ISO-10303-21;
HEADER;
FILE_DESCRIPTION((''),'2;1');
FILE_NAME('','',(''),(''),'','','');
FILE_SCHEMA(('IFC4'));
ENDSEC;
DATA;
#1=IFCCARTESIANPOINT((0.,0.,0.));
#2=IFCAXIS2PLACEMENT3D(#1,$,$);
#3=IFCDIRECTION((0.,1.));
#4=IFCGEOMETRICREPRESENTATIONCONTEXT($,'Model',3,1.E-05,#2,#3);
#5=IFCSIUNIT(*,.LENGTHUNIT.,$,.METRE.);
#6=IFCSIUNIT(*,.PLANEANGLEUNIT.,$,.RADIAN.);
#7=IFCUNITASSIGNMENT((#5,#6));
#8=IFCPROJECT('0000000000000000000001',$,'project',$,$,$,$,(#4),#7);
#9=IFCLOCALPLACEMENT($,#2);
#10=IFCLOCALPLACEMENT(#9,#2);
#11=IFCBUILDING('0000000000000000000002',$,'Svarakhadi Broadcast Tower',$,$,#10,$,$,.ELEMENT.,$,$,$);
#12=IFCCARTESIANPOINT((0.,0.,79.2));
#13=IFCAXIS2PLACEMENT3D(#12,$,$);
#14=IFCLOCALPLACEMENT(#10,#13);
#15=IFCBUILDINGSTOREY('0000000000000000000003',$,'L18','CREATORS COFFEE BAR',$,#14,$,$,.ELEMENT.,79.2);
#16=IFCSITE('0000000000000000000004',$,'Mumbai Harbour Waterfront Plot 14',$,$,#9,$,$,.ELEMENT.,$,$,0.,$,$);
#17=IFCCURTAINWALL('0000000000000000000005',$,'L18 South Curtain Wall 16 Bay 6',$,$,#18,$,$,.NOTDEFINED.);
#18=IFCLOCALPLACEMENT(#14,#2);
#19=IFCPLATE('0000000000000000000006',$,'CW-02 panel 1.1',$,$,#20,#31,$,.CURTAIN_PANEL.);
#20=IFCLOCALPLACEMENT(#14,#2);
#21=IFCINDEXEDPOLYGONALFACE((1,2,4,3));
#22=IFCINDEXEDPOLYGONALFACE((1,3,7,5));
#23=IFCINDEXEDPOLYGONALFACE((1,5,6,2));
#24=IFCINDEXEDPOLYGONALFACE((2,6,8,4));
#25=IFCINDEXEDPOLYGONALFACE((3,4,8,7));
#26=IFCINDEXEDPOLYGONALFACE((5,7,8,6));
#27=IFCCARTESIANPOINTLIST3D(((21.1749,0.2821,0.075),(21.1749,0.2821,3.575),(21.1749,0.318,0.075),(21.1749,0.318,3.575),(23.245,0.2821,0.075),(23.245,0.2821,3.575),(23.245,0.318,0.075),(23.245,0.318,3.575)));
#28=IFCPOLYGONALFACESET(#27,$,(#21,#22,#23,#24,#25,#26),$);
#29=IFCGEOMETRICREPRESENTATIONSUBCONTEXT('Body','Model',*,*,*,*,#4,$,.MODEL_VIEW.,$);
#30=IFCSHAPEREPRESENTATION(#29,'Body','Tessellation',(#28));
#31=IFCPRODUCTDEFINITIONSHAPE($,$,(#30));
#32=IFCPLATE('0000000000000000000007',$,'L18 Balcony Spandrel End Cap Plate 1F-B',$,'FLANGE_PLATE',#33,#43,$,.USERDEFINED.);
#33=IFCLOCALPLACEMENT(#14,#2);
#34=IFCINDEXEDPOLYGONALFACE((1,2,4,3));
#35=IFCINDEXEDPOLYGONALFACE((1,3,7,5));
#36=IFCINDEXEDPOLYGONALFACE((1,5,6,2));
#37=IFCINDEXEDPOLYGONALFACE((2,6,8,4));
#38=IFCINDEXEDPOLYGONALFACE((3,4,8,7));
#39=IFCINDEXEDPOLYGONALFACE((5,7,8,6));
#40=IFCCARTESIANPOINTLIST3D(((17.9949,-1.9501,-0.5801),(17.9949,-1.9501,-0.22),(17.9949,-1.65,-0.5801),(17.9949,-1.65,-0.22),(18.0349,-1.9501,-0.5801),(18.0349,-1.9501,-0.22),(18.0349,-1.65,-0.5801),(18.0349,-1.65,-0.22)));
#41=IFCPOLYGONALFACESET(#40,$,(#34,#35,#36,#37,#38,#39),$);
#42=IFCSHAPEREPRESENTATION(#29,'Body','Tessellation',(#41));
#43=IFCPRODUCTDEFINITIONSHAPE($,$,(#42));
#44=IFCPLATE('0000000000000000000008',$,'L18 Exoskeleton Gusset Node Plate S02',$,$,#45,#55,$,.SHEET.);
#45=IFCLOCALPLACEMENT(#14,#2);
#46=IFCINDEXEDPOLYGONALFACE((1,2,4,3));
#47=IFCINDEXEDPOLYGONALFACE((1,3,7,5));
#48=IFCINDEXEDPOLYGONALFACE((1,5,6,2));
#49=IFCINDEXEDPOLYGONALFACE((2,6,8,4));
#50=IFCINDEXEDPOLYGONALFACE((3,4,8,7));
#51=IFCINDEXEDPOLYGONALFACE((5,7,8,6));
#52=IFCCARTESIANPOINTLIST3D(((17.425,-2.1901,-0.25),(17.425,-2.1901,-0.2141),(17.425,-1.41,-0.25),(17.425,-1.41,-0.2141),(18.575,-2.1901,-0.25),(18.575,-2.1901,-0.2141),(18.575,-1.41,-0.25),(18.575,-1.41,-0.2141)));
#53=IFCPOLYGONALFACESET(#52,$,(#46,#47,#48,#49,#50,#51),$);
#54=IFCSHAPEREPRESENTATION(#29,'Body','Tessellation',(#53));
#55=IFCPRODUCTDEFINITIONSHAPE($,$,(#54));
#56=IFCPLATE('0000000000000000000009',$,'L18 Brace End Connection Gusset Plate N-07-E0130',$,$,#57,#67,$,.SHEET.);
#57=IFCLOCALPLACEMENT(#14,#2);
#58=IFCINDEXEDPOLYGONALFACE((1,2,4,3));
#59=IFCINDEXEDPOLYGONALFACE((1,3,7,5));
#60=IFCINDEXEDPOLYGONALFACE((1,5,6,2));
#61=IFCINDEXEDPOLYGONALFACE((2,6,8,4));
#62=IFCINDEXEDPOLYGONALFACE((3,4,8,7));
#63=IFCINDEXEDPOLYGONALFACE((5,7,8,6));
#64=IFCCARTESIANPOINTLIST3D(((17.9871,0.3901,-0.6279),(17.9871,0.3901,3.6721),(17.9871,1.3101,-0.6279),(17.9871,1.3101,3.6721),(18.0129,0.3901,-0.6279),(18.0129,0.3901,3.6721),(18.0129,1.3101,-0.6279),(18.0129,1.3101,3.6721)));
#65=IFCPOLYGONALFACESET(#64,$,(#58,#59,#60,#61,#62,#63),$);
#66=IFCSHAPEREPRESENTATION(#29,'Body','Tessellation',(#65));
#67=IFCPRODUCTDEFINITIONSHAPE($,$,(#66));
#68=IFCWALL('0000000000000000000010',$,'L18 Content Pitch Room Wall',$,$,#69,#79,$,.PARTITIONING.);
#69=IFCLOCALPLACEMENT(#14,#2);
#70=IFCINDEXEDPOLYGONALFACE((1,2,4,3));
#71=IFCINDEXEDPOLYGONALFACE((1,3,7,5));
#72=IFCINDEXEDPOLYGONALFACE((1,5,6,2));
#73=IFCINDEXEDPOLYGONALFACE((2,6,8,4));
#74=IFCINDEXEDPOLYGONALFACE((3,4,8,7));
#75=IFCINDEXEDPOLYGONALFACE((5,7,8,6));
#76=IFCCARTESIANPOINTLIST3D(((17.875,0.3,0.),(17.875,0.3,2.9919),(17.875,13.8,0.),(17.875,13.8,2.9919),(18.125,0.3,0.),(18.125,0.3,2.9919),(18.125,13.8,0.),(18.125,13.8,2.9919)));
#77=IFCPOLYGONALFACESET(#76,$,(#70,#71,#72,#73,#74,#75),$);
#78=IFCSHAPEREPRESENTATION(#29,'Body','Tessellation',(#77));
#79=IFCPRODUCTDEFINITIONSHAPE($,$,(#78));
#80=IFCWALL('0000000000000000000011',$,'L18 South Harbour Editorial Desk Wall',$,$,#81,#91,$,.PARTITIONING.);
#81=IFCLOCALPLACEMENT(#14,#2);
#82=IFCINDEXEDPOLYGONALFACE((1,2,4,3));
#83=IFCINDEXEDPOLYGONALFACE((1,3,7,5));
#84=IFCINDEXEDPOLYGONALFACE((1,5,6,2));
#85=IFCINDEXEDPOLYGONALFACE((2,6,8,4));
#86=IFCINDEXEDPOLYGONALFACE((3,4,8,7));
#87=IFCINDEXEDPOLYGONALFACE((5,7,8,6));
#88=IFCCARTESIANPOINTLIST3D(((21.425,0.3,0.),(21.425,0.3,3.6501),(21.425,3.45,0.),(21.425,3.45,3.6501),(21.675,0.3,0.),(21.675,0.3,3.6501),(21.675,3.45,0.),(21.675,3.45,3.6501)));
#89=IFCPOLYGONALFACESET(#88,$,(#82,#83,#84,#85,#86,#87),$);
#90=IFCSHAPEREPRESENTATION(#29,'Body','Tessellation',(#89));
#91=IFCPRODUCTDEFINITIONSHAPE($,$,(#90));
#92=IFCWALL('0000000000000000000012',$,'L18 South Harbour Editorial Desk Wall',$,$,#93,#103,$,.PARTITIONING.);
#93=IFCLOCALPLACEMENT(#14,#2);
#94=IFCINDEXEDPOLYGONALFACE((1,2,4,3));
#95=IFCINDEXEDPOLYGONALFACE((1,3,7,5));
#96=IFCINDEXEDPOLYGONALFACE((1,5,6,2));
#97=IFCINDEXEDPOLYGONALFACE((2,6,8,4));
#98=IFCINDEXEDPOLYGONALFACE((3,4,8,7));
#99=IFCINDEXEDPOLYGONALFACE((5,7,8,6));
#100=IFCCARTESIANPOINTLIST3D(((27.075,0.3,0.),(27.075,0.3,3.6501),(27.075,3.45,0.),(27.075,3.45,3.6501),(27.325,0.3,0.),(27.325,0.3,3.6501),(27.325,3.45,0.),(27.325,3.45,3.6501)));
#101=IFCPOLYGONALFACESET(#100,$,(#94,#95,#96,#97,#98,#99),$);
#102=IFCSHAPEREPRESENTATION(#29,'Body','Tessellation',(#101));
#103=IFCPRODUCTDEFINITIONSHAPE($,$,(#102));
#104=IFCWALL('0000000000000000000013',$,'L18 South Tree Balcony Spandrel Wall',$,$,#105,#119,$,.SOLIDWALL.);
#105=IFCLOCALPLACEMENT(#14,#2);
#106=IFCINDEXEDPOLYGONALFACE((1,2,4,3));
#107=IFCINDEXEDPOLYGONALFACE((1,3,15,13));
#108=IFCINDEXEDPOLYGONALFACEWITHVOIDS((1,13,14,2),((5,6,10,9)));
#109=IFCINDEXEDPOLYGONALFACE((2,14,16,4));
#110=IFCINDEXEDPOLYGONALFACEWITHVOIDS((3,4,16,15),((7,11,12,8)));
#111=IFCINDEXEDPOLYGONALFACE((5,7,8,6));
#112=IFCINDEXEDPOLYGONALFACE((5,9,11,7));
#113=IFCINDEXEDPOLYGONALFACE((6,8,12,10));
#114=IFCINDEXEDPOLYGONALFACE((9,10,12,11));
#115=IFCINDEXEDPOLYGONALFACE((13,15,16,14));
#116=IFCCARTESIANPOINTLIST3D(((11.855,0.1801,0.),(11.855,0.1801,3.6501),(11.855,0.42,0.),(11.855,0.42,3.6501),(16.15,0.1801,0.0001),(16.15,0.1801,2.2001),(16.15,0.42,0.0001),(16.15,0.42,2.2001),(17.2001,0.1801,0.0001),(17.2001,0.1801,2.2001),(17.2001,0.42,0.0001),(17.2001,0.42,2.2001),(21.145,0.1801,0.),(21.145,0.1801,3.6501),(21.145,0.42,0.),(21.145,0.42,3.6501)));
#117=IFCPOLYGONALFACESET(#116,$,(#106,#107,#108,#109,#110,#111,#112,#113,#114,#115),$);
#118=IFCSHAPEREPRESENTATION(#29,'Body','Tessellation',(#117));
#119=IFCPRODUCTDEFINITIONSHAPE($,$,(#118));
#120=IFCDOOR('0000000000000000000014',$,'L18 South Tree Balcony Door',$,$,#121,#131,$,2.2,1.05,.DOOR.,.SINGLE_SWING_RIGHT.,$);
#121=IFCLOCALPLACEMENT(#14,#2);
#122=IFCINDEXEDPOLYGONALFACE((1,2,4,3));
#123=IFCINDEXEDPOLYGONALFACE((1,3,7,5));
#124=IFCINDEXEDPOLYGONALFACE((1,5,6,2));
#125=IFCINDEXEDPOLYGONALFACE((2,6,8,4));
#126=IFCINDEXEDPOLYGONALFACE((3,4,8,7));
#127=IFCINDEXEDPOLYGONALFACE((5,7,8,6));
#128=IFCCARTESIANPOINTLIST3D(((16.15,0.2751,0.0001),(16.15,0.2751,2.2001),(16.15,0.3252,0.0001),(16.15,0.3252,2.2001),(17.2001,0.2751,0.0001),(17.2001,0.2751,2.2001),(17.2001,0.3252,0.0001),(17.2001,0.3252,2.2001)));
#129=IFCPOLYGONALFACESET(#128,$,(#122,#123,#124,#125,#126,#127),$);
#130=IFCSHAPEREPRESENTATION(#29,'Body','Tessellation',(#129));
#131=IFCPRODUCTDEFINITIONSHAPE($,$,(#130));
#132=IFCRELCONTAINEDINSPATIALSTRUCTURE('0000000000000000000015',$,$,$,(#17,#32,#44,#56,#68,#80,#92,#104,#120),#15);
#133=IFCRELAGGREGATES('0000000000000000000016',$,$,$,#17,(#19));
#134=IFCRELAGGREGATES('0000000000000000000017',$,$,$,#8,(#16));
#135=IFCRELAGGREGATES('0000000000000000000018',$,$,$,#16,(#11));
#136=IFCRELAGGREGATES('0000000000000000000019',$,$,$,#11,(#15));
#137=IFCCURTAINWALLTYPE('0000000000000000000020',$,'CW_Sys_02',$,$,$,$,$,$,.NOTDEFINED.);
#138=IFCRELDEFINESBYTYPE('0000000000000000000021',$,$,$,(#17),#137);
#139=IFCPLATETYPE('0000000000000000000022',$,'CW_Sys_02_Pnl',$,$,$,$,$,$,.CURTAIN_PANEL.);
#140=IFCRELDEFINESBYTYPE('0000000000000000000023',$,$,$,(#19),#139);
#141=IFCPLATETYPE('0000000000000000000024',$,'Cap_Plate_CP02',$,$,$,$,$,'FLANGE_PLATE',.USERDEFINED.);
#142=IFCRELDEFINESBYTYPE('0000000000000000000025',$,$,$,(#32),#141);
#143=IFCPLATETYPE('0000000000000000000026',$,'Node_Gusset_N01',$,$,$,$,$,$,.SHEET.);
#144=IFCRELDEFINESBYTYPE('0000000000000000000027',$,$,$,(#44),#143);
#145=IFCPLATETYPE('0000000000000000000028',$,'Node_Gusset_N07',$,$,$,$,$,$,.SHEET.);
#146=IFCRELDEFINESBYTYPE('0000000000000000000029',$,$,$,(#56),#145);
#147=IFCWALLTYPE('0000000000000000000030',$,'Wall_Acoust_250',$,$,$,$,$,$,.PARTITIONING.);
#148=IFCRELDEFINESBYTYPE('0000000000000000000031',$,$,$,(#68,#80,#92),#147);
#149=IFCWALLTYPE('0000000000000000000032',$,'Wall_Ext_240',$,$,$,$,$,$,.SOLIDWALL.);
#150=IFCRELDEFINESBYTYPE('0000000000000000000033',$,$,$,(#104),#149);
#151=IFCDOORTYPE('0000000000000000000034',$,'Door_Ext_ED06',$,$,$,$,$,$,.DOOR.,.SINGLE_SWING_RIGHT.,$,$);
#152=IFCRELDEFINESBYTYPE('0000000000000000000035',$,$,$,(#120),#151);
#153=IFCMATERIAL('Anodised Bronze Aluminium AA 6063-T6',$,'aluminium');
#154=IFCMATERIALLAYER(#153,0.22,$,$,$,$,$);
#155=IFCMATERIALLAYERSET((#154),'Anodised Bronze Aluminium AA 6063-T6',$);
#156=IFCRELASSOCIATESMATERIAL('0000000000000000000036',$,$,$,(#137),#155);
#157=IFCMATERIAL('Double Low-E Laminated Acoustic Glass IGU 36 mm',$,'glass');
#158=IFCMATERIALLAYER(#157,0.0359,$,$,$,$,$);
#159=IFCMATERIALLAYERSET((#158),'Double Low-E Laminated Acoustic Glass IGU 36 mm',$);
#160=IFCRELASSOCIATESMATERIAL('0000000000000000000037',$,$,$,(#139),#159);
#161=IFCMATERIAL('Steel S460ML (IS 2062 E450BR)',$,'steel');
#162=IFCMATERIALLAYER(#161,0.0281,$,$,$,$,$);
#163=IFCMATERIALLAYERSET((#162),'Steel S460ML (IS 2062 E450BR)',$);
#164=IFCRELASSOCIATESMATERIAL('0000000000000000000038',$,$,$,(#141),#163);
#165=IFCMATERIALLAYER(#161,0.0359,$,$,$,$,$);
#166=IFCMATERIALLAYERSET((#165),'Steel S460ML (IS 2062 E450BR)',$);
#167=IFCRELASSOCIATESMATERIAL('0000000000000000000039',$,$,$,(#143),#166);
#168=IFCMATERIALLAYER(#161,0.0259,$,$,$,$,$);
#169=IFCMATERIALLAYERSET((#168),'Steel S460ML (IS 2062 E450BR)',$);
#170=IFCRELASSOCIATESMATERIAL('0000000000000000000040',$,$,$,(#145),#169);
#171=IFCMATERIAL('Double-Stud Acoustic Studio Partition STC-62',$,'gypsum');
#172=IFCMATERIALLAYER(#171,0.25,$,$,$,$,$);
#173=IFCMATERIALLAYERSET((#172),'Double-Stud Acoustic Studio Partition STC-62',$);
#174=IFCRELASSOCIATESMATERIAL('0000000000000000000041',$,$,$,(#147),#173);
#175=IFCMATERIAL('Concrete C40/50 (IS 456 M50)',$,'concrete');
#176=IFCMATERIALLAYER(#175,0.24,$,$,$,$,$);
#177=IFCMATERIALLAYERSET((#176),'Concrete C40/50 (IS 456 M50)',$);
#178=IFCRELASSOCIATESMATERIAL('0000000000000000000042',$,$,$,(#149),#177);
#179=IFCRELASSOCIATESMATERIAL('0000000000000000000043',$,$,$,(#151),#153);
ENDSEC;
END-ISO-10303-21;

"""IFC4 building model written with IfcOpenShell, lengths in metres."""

from ifc_helpers import new_model, si_unit, direction, frame, frame_2d, origin, origin_2d, place, context, subcontext, project, spatial, rectangle, extrude, material, layer, layer_set, type_object, element, fill, aggregate, save


model = new_model("IFC4")

# Units and contexts
model_context = context("Model", 3, precision=1e-05, world=origin(), true_north=direction((0.0, 1.0)))
body_context = subcontext(model_context, "Body", "Model", "MODEL_VIEW")
ifc_project = project(units=[si_unit("LENGTHUNIT", "METRE"), si_unit("PLANEANGLEUNIT", "RADIAN")], contexts=[model_context])

# Site, building, storey
site_placement = place(None, origin())
site = spatial("IfcSite", under=ifc_project, at=site_placement, Name="Mumbai Harbour Waterfront Plot 14", CompositionType="ELEMENT", RefElevation=0.0)
building_placement = place(site_placement, origin())
building = spatial("IfcBuilding", under=site, at=building_placement, Name="Svarakhadi Broadcast Tower", CompositionType="ELEMENT")
storey_placement = place(building_placement, frame((0.0, 0.0, 79.2)))
storey = spatial("IfcBuildingStorey", under=building, at=storey_placement, Name="L18", Description="CREATORS COFFEE BAR", CompositionType="ELEMENT", Elevation=79.2)

# Shared definitions
ifc_material_1 = material(Name="Anodised Bronze Aluminium AA 6063-T6", Category="aluminium")
ifc_layer_1 = layer(ifc_material_1, 0.22)
ifc_layer_set_1 = layer_set([ifc_layer_1], Name="Anodised Bronze Aluminium AA 6063-T6")
curtain_wall_type = type_object("IfcCurtainWallType", Name="CW_Sys_02", PredefinedType="NOTDEFINED", material=ifc_layer_set_1)

# Curtain wall
curtain_wall_1_placement = place(storey_placement, origin())
curtain_wall_1 = element("IfcCurtainWall", 1, at=curtain_wall_1_placement, inside=storey, type_object=curtain_wall_type, Name="L18 South Curtain Wall 16 Bay 6", PredefinedType="NOTDEFINED")

# Shared definitions
ifc_material_2 = material(Name="Steel S460ML (IS 2062 E450BR)", Category="steel")

# Plate
ifc_material_3 = material(Name="Double Low-E Laminated Acoustic Glass IGU 36 mm", Category="glass")
ifc_layer_2 = layer(ifc_material_3, 0.0359)
ifc_layer_set_2 = layer_set([ifc_layer_2], Name="Double Low-E Laminated Acoustic Glass IGU 36 mm")
plate_type_1 = type_object("IfcPlateType", Name="CW_Sys_02_Pnl", PredefinedType="CURTAIN_PANEL", material=ifc_layer_set_2)
plate_1_placement = place(storey_placement, frame((22.21, 0.3, 0.075), z_axis=(0.0, 0.0, 1.0), x_axis=(-1.0, 0.0, 0.0)))
plate_1 = element("IfcPlate", 2, at=plate_1_placement, type_object=plate_type_1, Name="CW-02 panel 1.1", PredefinedType="CURTAIN_PANEL", context=body_context, shape_type="SweptSolid", body=[
    extrude(rectangle(XDim=2.0701, YDim=0.0359, at=origin_2d()), origin(), (0.0, 0.0, 1.0), 3.5),
])
aggregate(curtain_wall_1, [plate_1])

# Plates
ifc_layer_3 = layer(ifc_material_2, 0.0281)
ifc_layer_set_3 = layer_set([ifc_layer_3], Name="Steel S460ML (IS 2062 E450BR)")
plate_type_2 = type_object("IfcPlateType", Name="Cap_Plate_CP02", ElementType="FLANGE_PLATE", PredefinedType="USERDEFINED", material=ifc_layer_set_3)
plate_2_placement = place(storey_placement, frame((18.0149, -1.8, -0.5801), z_axis=(0.0, 0.0, 1.0), x_axis=(1.0, 0.0, 0.0)))
element("IfcPlate", 3, at=plate_2_placement, inside=storey, type_object=plate_type_2, Name="L18 Balcony Spandrel End Cap Plate 1F-B", ObjectType="FLANGE_PLATE", PredefinedType="USERDEFINED", context=body_context, shape_type="SweptSolid", body=[
    extrude(rectangle(XDim=0.04, YDim=0.3, at=origin_2d()), origin(), (0.0, 0.0, 1.0), 0.3601),
])
ifc_layer_4 = layer(ifc_material_2, 0.0359)
ifc_layer_set_4 = layer_set([ifc_layer_4], Name="Steel S460ML (IS 2062 E450BR)")
plate_type_3 = type_object("IfcPlateType", Name="Node_Gusset_N01", PredefinedType="SHEET", material=ifc_layer_set_4)
plate_3_placement = place(storey_placement, frame((18.0, -1.8, -0.25), z_axis=(0.0, 0.0, 1.0), x_axis=(1.0, 0.0, 0.0)))
element("IfcPlate", 4, at=plate_3_placement, inside=storey, type_object=plate_type_3, Name="L18 Exoskeleton Gusset Node Plate S02", PredefinedType="SHEET", context=body_context, shape_type="SweptSolid", body=[
    extrude(rectangle(XDim=1.1499, YDim=0.78, at=origin_2d()), origin(), (0.0, 0.0, 1.0), 0.0359),
])
ifc_layer_5 = layer(ifc_material_2, 0.0259)
ifc_layer_set_5 = layer_set([ifc_layer_5], Name="Steel S460ML (IS 2062 E450BR)")
plate_type_4 = type_object("IfcPlateType", Name="Node_Gusset_N07", PredefinedType="SHEET", material=ifc_layer_set_5)
plate_4_placement = place(storey_placement, frame((18.0, 0.8501, -0.6279), z_axis=(0.0, 0.0, 1.0), x_axis=(0.0, 1.0, 0.0)))
element("IfcPlate", 5, at=plate_4_placement, inside=storey, type_object=plate_type_4, Name="L18 Brace End Connection Gusset Plate N-07-E0130", PredefinedType="SHEET", context=body_context, shape_type="SweptSolid", body=[
    extrude(rectangle(XDim=0.9199, YDim=0.0259, at=origin_2d()), origin(), (0.0, 0.0, 1.0), 4.3),
])

# Walls
ifc_material_4 = material(Name="Double-Stud Acoustic Studio Partition STC-62", Category="gypsum")
ifc_layer_6 = layer(ifc_material_4, 0.25)
ifc_layer_set_6 = layer_set([ifc_layer_6], Name="Double-Stud Acoustic Studio Partition STC-62")
wall_type_1 = type_object("IfcWallType", Name="Wall_Acoust_250", PredefinedType="PARTITIONING", material=ifc_layer_set_6)
wall_1_placement = place(storey_placement, frame((18.0, 0.3, 0.0), z_axis=(0.0, 0.0, 1.0), x_axis=(0.0, 1.0, 0.0)))
element("IfcWall", 6, at=wall_1_placement, inside=storey, type_object=wall_type_1, Name="L18 Content Pitch Room Wall", PredefinedType="PARTITIONING", context=body_context, shape_type="SweptSolid", body=[
    extrude(rectangle(XDim=13.5, YDim=0.25, at=frame_2d((6.75, 0.0))), origin(), (0.0, 0.0, 1.0), 2.9919),
])
for number, where, z_axis, x_axis, name in (
    (7, (21.55, 0.3, 0.0), (0.0, 0.0, 1.0), (0.0, 1.0, 0.0), "L18 South Harbour Editorial Desk Wall"),
    (8, (27.2, 0.3, 0.0), (0.0, 0.0, 1.0), (0.0, 1.0, 0.0), "L18 South Harbour Editorial Desk Wall"),
):
    element("IfcWall", number, at=place(storey_placement, frame(where, z_axis=z_axis, x_axis=x_axis)), inside=storey, type_object=wall_type_1, Name=name, PredefinedType="PARTITIONING", context=body_context, shape_type="SweptSolid", body=[
        extrude(rectangle(XDim=3.1499, YDim=0.25, at=frame_2d((1.575, 0.0))), origin(), (0.0, 0.0, 1.0), 3.6501),
    ])

# Wall, opening, door
ifc_material_5 = material(Name="Concrete C40/50 (IS 456 M50)", Category="concrete")
ifc_layer_7 = layer(ifc_material_5, 0.24)
ifc_layer_set_7 = layer_set([ifc_layer_7], Name="Concrete C40/50 (IS 456 M50)")
wall_type_2 = type_object("IfcWallType", Name="Wall_Ext_240", PredefinedType="SOLIDWALL", material=ifc_layer_set_7)
wall_2_placement = place(storey_placement, frame((21.145, 0.3, 0.0), z_axis=(0.0, 0.0, 1.0), x_axis=(-1.0, 0.0, 0.0)))
wall_2 = element("IfcWall", 9, at=wall_2_placement, inside=storey, type_object=wall_type_2, Name="L18 South Tree Balcony Spandrel Wall", PredefinedType="SOLIDWALL", context=body_context, shape_type="SweptSolid", body=[
    extrude(rectangle(XDim=9.29, YDim=0.24, at=frame_2d((4.645, 0.0))), origin(), (0.0, 0.0, 1.0), 3.6501),
])
opening_placement = place(wall_2_placement, frame((3.9451, 0.0, 0.0)))
opening = element("IfcOpeningElement", 10, at=opening_placement, cuts=wall_2, PredefinedType="OPENING", context=body_context, shape_type="SweptSolid", body=[
    extrude(rectangle(XDim=1.05, YDim=2.2, at=frame_2d((0.5249, 1.1001))), frame((0.0, 0.1299, 0.0), z_axis=(0.0, -1.0, 0.0), x_axis=(1.0, 0.0, 0.0)), (0.0, 0.0, 1.0), 0.26),
])
door_type = type_object("IfcDoorType", Name="Door_Ext_ED06", OperationType="SINGLE_SWING_RIGHT", PredefinedType="DOOR", material=ifc_material_1)
door_placement = place(opening_placement, origin())
door = element("IfcDoor", 11, at=door_placement, inside=storey, type_object=door_type, Name="L18 South Tree Balcony Door", OperationType="SINGLE_SWING_RIGHT", OverallHeight=2.2, OverallWidth=1.05, PredefinedType="DOOR", context=body_context, shape_type="SweptSolid", body=[
    extrude(rectangle(XDim=1.05, YDim=2.2, at=frame_2d((0.5249, 1.1001))), frame((0.0, 0.0249, 0.0), z_axis=(0.0, -1.0, 0.0), x_axis=(1.0, 0.0, 0.0)), (0.0, 0.0, 1.0), 0.05),
])
fill(opening, door)

save(model, "model.ifc")
